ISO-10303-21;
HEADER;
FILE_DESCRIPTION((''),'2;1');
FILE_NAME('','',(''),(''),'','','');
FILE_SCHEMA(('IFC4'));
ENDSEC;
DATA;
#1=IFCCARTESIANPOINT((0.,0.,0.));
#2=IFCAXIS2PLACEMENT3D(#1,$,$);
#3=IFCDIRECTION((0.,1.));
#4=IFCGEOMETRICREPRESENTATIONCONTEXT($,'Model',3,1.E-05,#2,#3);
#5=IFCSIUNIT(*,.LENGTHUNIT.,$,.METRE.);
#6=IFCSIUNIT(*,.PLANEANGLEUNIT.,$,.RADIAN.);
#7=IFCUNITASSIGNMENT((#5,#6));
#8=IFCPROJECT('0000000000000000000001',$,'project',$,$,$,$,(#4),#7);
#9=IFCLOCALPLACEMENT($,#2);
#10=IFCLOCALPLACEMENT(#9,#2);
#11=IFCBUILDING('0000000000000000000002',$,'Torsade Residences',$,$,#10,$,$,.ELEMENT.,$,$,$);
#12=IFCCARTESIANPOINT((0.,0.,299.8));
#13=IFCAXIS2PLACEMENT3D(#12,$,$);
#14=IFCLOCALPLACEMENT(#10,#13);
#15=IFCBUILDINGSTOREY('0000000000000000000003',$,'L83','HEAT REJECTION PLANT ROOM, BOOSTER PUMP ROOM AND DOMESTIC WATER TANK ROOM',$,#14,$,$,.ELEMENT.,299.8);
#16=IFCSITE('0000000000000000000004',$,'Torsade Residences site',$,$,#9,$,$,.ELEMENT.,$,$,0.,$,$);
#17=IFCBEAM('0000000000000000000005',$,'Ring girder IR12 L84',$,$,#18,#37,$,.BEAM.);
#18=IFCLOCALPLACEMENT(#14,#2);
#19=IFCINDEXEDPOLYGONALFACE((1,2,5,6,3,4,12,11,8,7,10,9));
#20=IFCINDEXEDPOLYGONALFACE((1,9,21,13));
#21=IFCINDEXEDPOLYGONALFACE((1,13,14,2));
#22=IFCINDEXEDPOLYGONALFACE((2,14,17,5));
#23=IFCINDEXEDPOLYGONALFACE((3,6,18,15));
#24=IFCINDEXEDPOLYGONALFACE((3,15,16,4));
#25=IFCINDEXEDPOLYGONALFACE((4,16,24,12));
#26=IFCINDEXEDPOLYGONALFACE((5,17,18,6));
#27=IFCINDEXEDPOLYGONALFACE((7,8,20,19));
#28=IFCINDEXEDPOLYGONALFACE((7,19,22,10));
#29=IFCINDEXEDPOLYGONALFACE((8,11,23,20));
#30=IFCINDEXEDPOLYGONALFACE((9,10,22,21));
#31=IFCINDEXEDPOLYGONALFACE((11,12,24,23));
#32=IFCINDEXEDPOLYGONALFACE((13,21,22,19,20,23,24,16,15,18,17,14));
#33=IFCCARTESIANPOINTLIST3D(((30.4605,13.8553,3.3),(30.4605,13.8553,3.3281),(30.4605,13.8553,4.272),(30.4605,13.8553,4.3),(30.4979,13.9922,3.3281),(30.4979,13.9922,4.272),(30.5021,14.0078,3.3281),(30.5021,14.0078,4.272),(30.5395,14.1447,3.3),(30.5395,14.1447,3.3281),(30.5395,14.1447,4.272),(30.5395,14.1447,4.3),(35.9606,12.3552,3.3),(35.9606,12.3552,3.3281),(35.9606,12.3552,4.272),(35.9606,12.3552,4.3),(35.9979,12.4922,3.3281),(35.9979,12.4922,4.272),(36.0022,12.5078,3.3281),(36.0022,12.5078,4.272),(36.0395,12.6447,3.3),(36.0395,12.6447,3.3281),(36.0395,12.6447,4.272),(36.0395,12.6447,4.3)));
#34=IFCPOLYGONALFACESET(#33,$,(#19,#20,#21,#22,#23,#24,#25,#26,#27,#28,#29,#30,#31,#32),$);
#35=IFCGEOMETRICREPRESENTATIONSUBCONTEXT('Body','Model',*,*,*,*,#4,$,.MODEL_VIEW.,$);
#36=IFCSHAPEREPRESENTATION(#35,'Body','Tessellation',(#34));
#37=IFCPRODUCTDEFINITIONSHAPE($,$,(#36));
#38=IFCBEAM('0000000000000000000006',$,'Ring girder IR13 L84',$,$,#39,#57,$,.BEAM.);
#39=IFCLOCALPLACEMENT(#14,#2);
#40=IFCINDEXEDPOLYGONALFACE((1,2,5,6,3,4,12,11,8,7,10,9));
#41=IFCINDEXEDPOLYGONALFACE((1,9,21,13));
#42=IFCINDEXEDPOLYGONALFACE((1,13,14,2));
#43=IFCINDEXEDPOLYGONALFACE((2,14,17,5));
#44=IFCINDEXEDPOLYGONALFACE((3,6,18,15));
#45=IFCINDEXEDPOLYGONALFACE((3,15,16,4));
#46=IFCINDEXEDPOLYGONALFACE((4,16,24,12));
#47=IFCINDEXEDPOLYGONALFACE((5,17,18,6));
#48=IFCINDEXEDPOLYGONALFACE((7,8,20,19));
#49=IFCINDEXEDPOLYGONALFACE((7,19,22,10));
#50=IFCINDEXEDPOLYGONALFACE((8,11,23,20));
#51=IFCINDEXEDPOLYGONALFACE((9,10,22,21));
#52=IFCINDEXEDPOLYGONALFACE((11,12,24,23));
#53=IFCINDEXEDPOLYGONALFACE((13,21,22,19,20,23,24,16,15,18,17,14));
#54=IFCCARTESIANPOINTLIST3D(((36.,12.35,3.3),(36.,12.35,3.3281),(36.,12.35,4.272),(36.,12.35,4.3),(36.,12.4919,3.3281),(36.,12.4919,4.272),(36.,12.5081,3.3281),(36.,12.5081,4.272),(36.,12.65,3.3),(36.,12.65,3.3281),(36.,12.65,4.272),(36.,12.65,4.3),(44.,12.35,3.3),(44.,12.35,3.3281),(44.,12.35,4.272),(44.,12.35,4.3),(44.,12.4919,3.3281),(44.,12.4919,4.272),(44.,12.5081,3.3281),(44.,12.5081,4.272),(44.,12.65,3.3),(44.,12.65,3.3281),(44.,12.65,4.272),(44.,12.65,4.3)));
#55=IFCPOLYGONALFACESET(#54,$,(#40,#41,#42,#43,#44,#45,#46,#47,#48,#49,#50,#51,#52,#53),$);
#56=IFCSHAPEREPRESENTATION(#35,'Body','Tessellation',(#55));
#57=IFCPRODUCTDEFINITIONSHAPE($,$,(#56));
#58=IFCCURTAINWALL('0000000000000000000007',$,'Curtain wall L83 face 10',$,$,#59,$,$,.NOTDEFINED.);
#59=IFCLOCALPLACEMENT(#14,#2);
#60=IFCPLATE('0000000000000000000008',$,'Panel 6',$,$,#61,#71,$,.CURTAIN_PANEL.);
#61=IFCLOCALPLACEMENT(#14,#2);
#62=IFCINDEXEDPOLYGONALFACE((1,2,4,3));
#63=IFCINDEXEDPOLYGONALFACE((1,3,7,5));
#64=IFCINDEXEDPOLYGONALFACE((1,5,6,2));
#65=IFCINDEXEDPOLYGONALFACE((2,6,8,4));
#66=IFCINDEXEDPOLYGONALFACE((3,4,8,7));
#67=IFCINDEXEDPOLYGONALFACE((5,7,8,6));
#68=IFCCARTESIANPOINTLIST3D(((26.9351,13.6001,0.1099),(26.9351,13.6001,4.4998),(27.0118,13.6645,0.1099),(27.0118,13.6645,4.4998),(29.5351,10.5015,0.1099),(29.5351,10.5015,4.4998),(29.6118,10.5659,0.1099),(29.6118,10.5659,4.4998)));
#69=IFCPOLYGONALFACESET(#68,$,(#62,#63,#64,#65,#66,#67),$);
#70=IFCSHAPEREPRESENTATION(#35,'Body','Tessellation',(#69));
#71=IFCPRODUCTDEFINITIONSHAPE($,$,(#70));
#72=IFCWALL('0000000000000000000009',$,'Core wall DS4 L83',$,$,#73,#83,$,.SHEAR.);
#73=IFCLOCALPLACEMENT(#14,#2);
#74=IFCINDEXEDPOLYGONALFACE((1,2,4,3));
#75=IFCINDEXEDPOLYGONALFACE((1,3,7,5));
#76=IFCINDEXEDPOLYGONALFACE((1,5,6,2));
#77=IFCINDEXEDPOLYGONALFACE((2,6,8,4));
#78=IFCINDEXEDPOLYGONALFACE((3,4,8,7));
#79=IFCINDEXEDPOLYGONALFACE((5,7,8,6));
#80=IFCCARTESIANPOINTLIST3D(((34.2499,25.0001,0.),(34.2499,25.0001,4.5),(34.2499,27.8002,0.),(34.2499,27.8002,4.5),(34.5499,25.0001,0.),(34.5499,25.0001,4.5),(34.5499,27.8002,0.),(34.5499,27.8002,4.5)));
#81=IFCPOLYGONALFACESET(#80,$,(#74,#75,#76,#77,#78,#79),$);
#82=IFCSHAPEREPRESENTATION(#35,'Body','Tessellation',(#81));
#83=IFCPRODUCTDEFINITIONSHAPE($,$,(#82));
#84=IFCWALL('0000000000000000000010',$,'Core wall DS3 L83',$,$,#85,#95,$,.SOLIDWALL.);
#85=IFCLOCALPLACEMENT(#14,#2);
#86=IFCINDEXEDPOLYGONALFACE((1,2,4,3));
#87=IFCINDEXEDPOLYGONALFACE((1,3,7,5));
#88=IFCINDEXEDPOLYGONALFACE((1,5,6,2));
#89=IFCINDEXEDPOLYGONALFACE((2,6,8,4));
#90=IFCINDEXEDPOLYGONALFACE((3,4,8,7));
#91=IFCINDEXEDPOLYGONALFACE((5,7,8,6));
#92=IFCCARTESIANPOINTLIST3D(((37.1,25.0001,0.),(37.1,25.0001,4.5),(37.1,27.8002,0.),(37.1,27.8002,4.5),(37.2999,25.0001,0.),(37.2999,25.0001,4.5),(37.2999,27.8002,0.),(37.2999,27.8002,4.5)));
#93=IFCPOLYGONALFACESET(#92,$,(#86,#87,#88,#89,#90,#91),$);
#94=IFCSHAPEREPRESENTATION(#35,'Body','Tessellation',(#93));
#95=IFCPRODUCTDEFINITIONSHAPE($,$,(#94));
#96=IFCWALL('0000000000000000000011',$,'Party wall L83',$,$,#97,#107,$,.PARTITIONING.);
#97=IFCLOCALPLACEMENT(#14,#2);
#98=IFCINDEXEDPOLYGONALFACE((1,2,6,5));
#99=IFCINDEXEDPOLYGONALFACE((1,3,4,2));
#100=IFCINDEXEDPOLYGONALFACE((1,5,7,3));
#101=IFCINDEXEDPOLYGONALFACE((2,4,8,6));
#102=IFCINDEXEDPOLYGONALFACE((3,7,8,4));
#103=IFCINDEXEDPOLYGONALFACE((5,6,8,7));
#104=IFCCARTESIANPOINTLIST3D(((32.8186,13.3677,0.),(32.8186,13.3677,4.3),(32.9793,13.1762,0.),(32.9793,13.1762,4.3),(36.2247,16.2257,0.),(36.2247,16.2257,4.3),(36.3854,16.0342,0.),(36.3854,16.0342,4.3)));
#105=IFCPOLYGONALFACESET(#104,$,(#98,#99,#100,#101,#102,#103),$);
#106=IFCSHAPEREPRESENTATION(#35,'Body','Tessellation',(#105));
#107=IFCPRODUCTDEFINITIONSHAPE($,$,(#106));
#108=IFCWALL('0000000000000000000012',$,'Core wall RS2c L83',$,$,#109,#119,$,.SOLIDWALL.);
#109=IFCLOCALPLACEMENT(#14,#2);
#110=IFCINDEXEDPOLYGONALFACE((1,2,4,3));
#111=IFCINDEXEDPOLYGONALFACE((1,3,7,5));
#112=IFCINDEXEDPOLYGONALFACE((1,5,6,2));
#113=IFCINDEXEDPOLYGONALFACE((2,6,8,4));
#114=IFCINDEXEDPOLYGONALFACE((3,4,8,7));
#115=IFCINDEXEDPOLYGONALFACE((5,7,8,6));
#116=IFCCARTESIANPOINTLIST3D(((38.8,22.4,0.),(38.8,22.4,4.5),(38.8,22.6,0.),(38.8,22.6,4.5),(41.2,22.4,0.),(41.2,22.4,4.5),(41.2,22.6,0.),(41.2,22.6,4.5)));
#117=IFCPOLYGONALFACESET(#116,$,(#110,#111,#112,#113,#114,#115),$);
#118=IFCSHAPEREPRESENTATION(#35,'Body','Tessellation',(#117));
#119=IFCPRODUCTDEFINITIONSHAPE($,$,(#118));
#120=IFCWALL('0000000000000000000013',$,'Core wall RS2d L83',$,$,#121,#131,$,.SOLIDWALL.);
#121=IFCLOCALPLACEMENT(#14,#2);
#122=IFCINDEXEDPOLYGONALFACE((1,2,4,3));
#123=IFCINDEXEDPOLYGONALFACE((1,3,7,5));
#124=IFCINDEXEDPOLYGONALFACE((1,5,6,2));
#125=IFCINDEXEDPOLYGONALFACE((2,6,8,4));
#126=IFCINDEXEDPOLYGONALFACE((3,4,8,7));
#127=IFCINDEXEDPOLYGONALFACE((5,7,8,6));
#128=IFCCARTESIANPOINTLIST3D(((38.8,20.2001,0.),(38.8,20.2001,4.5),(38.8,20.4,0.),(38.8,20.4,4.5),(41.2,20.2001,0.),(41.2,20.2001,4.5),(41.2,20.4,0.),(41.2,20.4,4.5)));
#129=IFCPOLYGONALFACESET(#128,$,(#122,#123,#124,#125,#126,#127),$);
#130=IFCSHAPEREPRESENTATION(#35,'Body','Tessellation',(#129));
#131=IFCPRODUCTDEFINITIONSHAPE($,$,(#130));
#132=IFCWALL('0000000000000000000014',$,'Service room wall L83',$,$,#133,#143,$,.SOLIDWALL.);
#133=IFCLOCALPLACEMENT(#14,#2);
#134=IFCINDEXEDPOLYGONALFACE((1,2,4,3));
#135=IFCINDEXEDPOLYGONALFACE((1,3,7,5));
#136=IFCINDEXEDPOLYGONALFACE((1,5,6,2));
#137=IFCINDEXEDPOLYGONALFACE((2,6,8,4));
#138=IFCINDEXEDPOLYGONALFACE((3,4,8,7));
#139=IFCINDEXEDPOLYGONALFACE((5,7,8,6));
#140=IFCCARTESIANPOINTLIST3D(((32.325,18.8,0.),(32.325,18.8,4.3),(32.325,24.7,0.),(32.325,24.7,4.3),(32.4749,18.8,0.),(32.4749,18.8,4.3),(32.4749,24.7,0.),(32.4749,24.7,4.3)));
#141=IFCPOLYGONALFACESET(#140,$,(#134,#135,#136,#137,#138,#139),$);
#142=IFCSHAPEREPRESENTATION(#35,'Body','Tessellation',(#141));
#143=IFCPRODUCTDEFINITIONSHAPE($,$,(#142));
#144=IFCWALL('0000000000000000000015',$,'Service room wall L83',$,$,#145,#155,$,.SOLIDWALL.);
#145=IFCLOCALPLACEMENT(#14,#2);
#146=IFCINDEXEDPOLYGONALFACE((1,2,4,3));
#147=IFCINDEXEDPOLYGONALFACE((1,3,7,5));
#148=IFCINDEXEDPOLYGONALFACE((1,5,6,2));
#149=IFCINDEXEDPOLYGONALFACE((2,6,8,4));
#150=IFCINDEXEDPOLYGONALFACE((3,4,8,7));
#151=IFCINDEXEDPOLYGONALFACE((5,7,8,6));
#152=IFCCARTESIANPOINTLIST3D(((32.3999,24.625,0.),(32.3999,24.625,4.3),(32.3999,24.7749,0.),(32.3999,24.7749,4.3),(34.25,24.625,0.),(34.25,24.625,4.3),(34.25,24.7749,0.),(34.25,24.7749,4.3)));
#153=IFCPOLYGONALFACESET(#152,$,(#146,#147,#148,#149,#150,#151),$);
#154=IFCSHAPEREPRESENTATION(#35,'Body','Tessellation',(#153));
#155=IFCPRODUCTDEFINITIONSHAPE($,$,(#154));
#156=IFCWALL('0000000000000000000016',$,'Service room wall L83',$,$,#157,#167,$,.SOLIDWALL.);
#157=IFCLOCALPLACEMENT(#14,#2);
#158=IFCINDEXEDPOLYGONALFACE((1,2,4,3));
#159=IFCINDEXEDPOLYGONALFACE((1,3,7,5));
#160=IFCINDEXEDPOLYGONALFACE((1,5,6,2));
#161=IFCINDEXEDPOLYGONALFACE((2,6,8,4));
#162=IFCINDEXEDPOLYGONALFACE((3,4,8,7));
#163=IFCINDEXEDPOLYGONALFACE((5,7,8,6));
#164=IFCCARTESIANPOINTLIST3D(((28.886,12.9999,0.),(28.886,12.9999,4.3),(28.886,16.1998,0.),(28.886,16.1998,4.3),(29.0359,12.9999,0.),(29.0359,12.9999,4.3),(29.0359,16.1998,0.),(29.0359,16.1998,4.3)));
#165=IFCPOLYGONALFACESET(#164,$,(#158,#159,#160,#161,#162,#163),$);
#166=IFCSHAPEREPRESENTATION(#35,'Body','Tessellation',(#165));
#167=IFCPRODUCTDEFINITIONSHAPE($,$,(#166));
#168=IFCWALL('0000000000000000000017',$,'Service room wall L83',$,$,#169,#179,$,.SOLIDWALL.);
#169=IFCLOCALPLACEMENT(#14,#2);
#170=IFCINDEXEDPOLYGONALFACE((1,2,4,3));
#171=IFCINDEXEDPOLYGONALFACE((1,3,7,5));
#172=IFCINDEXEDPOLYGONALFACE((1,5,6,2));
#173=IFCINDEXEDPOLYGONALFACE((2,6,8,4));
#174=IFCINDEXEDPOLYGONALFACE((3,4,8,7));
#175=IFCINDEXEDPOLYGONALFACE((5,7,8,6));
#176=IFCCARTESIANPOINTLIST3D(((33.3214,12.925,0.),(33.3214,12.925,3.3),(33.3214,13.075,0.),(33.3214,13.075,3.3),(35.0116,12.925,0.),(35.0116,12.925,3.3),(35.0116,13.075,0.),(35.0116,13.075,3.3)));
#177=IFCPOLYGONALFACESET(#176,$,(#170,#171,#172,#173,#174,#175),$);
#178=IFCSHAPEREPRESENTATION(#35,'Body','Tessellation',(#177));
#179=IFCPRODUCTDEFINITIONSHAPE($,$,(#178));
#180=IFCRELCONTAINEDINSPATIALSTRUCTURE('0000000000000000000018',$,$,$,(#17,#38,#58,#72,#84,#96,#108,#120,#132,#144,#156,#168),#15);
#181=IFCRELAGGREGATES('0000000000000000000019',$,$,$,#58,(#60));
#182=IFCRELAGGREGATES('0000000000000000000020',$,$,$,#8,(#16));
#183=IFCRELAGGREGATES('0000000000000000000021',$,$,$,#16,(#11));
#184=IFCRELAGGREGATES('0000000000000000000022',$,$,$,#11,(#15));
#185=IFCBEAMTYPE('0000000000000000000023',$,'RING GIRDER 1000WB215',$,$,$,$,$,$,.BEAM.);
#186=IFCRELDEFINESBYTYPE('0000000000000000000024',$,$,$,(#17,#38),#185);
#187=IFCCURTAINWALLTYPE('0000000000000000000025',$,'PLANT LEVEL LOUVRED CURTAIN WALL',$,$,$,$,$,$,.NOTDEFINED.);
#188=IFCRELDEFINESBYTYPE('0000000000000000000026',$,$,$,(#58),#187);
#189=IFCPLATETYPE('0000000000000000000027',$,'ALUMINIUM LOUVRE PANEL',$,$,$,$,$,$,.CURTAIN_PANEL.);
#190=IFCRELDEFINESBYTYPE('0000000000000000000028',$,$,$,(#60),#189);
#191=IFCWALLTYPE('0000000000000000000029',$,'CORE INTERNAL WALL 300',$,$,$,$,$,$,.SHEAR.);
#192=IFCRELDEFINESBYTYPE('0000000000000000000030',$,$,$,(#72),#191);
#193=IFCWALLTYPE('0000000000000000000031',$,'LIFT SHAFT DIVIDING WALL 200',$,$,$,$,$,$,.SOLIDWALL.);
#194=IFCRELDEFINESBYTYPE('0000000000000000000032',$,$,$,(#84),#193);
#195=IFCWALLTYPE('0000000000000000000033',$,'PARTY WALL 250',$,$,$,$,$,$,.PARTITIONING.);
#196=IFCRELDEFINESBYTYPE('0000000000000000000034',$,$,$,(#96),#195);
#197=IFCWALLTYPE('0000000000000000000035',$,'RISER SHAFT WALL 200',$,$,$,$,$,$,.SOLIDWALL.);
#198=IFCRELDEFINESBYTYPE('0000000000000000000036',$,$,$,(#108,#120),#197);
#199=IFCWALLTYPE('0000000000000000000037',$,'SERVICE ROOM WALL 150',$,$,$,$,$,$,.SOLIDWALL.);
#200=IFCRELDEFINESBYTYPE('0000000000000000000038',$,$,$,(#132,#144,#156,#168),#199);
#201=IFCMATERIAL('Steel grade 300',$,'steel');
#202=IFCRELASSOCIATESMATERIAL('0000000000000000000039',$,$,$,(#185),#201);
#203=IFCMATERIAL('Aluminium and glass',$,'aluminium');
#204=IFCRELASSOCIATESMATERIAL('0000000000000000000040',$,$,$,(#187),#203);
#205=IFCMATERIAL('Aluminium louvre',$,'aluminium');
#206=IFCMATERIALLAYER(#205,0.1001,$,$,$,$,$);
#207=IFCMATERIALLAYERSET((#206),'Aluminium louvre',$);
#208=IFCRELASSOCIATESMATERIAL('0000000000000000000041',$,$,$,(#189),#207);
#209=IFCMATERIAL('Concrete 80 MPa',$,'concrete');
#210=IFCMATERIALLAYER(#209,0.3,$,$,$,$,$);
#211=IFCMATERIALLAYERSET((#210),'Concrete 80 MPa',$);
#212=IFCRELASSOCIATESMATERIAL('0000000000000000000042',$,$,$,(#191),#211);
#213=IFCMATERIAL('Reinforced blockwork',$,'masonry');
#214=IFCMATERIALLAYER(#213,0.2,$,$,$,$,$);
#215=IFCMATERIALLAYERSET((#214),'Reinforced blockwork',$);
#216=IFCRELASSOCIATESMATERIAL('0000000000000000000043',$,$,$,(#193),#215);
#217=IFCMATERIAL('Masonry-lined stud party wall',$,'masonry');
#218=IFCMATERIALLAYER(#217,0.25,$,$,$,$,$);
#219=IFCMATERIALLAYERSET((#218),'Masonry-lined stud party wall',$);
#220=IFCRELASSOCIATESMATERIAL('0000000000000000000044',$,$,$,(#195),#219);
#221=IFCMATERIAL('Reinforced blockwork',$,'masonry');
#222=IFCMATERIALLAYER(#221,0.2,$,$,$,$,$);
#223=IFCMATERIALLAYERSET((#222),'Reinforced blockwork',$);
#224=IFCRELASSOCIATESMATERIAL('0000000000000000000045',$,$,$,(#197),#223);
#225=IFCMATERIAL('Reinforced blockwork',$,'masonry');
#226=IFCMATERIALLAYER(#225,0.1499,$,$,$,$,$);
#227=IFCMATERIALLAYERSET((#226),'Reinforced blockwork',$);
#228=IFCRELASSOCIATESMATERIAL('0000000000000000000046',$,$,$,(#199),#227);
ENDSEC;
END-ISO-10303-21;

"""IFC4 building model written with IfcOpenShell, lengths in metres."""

from ifc_helpers import new_model, si_unit, direction, frame, frame_2d, origin, origin_2d, place, context, subcontext, project, spatial, rectangle, i_section, extrude, material, layer, layer_set, material_profile, profile_set, type_object, element, aggregate, save


model = new_model("IFC4")

# Units and contexts
model_context = context("Model", 3, precision=1e-05, world=origin(), true_north=direction((0.0, 1.0)))
body_context = subcontext(model_context, "Body", "Model", "MODEL_VIEW")
ifc_project = project(units=[si_unit("LENGTHUNIT", "METRE"), si_unit("PLANEANGLEUNIT", "RADIAN")], contexts=[model_context])

# Site, building, storey
site_placement = place(None, origin())
site = spatial("IfcSite", under=ifc_project, at=site_placement, Name="Torsade Residences site", CompositionType="ELEMENT", RefElevation=0.0)
building_placement = place(site_placement, origin())
building = spatial("IfcBuilding", under=site, at=building_placement, Name="Torsade Residences", CompositionType="ELEMENT")
storey_placement = place(building_placement, frame((0.0, 0.0, 299.8)))
storey = spatial("IfcBuildingStorey", under=building, at=storey_placement, Name="L83", Description="HEAT REJECTION PLANT ROOM, BOOSTER PUMP ROOM AND DOMESTIC WATER TANK ROOM", CompositionType="ELEMENT", Elevation=299.8)

# Beams
ifc_material_1 = material(Name="Steel grade 300", Category="steel")
ifc_material_profile_1 = material_profile(ifc_material_1, i_section(OverallWidth=0.3, OverallDepth=1.0, WebThickness=0.0161, FlangeThickness=0.0281, at=origin_2d()), Name="1000WB215")
ifc_profile_set_1 = profile_set([ifc_material_profile_1], Name="Steel grade 300")
beam_type_1 = type_object("IfcBeamType", Name="RING GIRDER 1000WB215", PredefinedType="BEAM", material=ifc_profile_set_1)
beam_1_placement = place(storey_placement, frame((30.5, 14.0, 3.8), z_axis=(0.964764, -0.263117, 0.0), x_axis=(0.263117, 0.964764, 0.0)))
element("IfcBeam", 1, at=beam_1_placement, inside=storey, type_object=beam_type_1, Name="Ring girder IR12 L84", PredefinedType="BEAM", context=body_context, shape_type="SweptSolid", body=[
    extrude(i_section(OverallWidth=0.3, OverallDepth=1.0, WebThickness=0.0161, FlangeThickness=0.0281, at=origin_2d()), origin(), (0.0, 0.0, 1.0), 5.7009),
])
beam_2_placement = place(storey_placement, frame((36.0, 12.5, 3.8), z_axis=(1.0, 0.0, 0.0), x_axis=(0.0, 1.0, 0.0)))
element("IfcBeam", 2, at=beam_2_placement, inside=storey, type_object=beam_type_1, Name="Ring girder IR13 L84", PredefinedType="BEAM", context=body_context, shape_type="SweptSolid", body=[
    extrude(i_section(OverallWidth=0.3, OverallDepth=1.0, WebThickness=0.0161, FlangeThickness=0.0281, at=origin_2d()), origin(), (0.0, 0.0, 1.0), 8.0),
])

# Curtain wall, plate
ifc_material_2 = material(Name="Aluminium and glass", Category="aluminium")
curtain_wall_type = type_object("IfcCurtainWallType", Name="PLANT LEVEL LOUVRED CURTAIN WALL", PredefinedType="NOTDEFINED", material=ifc_material_2)
curtain_wall_placement = place(storey_placement, origin())
curtain_wall = element("IfcCurtainWall", 3, at=curtain_wall_placement, inside=storey, type_object=curtain_wall_type, Name="Curtain wall L83 face 10", PredefinedType="NOTDEFINED")
ifc_material_3 = material(Name="Aluminium louvre", Category="aluminium")
ifc_layer_1 = layer(ifc_material_3, 0.1001)
ifc_layer_set_1 = layer_set([ifc_layer_1], Name="Aluminium louvre")
plate_type = type_object("IfcPlateType", Name="ALUMINIUM LOUVRE PANEL", PredefinedType="CURTAIN_PANEL", material=ifc_layer_set_1)
plate_placement = place(storey_placement, frame((28.2734, 12.083, 0.1099), z_axis=(0.0, 0.0, 1.0), x_axis=(0.642788, -0.766044, 0.0)))
plate = element("IfcPlate", 4, at=plate_placement, type_object=plate_type, Name="Panel 6", PredefinedType="CURTAIN_PANEL", context=body_context, shape_type="SweptSolid", body=[
    extrude(rectangle(XDim=4.0449, YDim=0.1001, at=origin_2d()), origin(), (0.0, 0.0, 1.0), 4.3899),
])
aggregate(curtain_wall, [plate])

# Walls
ifc_material_4 = material(Name="Concrete 80 MPa", Category="concrete")
ifc_layer_2 = layer(ifc_material_4, 0.3)
ifc_layer_set_2 = layer_set([ifc_layer_2], Name="Concrete 80 MPa")
wall_type_1 = type_object("IfcWallType", Name="CORE INTERNAL WALL 300", PredefinedType="SHEAR", material=ifc_layer_set_2)
wall_1_placement = place(storey_placement, frame((34.3999, 27.8, 0.0), z_axis=(0.0, 0.0, 1.0), x_axis=(0.0, -1.0, 0.0)))
element("IfcWall", 5, at=wall_1_placement, inside=storey, type_object=wall_type_1, Name="Core wall DS4 L83", PredefinedType="SHEAR", context=body_context, shape_type="SweptSolid", body=[
    extrude(rectangle(XDim=2.8, YDim=0.3, at=frame_2d((1.3999, 0.0))), origin(), (0.0, 0.0, 1.0), 4.5),
])
ifc_material_5 = material(Name="Reinforced blockwork", Category="masonry")
ifc_layer_3 = layer(ifc_material_5, 0.2)
ifc_layer_set_3 = layer_set([ifc_layer_3], Name="Reinforced blockwork")
wall_type_2 = type_object("IfcWallType", Name="LIFT SHAFT DIVIDING WALL 200", PredefinedType="SOLIDWALL", material=ifc_layer_set_3)
wall_2_placement = place(storey_placement, frame((37.2, 27.8, 0.0), z_axis=(0.0, 0.0, 1.0), x_axis=(0.0, -1.0, 0.0)))
element("IfcWall", 6, at=wall_2_placement, inside=storey, type_object=wall_type_2, Name="Core wall DS3 L83", PredefinedType="SOLIDWALL", context=body_context, shape_type="SweptSolid", body=[
    extrude(rectangle(XDim=2.8, YDim=0.2, at=frame_2d((1.3999, 0.0))), origin(), (0.0, 0.0, 1.0), 4.5),
])
ifc_material_6 = material(Name="Masonry-lined stud party wall", Category="masonry")
ifc_layer_4 = layer(ifc_material_6, 0.25)
ifc_layer_set_4 = layer_set([ifc_layer_4], Name="Masonry-lined stud party wall")
wall_type_3 = type_object("IfcWallType", Name="PARTY WALL 250", PredefinedType="PARTITIONING", material=ifc_layer_set_4)
wall_3_placement = place(storey_placement, frame((32.8989, 13.272, 0.0), z_axis=(0.0, 0.0, 1.0), x_axis=(0.766052, 0.642779, 0.0)))
element("IfcWall", 7, at=wall_3_placement, inside=storey, type_object=wall_type_3, Name="Party wall L83", PredefinedType="PARTITIONING", context=body_context, shape_type="SweptSolid", body=[
    extrude(rectangle(XDim=4.4463, YDim=0.25, at=frame_2d((2.2231, 0.0))), origin(), (0.0, 0.0, 1.0), 4.3),
])
ifc_material_7 = material(Name="Reinforced blockwork", Category="masonry")
ifc_layer_5 = layer(ifc_material_7, 0.2)
ifc_layer_set_5 = layer_set([ifc_layer_5], Name="Reinforced blockwork")
wall_type_4 = type_object("IfcWallType", Name="RISER SHAFT WALL 200", PredefinedType="SOLIDWALL", material=ifc_layer_set_5)
for number, where, z_axis, x_axis, name in (
    (8, (38.8, 22.5, 0.0), (0.0, 0.0, 1.0), (1.0, 0.0, 0.0), "Core wall RS2c L83"),
    (9, (38.8, 20.3, 0.0), (0.0, 0.0, 1.0), (1.0, 0.0, 0.0), "Core wall RS2d L83"),
):
    element("IfcWall", number, at=place(storey_placement, frame(where, z_axis=z_axis, x_axis=x_axis)), inside=storey, type_object=wall_type_4, Name=name, PredefinedType="SOLIDWALL", context=body_context, shape_type="SweptSolid", body=[
        extrude(rectangle(XDim=2.3999, YDim=0.2, at=frame_2d((1.2, 0.0))), origin(), (0.0, 0.0, 1.0), 4.5),
    ])
ifc_material_8 = material(Name="Reinforced blockwork", Category="masonry")
ifc_layer_6 = layer(ifc_material_8, 0.1499)
ifc_layer_set_6 = layer_set([ifc_layer_6], Name="Reinforced blockwork")
wall_type_5 = type_object("IfcWallType", Name="SERVICE ROOM WALL 150", PredefinedType="SOLIDWALL", material=ifc_layer_set_6)
wall_4_placement = place(storey_placement, frame((32.3999, 18.8, 0.0), z_axis=(0.0, 0.0, 1.0), x_axis=(0.0, 1.0, 0.0)))
element("IfcWall", 10, at=wall_4_placement, inside=storey, type_object=wall_type_5, Name="Service room wall L83", PredefinedType="SOLIDWALL", context=body_context, shape_type="SweptSolid", body=[
    extrude(rectangle(XDim=5.8999, YDim=0.1499, at=frame_2d((2.95, 0.0))), origin(), (0.0, 0.0, 1.0), 4.3),
])
wall_5_placement = place(storey_placement, frame((32.3999, 24.7, 0.0), z_axis=(0.0, 0.0, 1.0), x_axis=(1.0, 0.0, 0.0)))
element("IfcWall", 11, at=wall_5_placement, inside=storey, type_object=wall_type_5, Name="Service room wall L83", PredefinedType="SOLIDWALL", context=body_context, shape_type="SweptSolid", body=[
    extrude(rectangle(XDim=1.8501, YDim=0.1499, at=frame_2d((0.925, 0.0))), origin(), (0.0, 0.0, 1.0), 4.3),
])
wall_6_placement = place(storey_placement, frame((28.9609, 16.2, 0.0), z_axis=(0.0, 0.0, 1.0), x_axis=(0.0, -1.0, 0.0)))
element("IfcWall", 12, at=wall_6_placement, inside=storey, type_object=wall_type_5, Name="Service room wall L83", PredefinedType="SOLIDWALL", context=body_context, shape_type="SweptSolid", body=[
    extrude(rectangle(XDim=3.2, YDim=0.1499, at=frame_2d((1.6001, 0.0))), origin(), (0.0, 0.0, 1.0), 4.3),
])
wall_7_placement = place(storey_placement, frame((35.0117, 13.0, 0.0), z_axis=(0.0, 0.0, 1.0), x_axis=(-1.0, 0.0, 0.0)))
element("IfcWall", 13, at=wall_7_placement, inside=storey, type_object=wall_type_5, Name="Service room wall L83", PredefinedType="SOLIDWALL", context=body_context, shape_type="SweptSolid", body=[
    extrude(rectangle(XDim=1.6902, YDim=0.1499, at=frame_2d((0.8452, 0.0))), origin(), (0.0, 0.0, 1.0), 3.3),
])

save(model, "model.ifc")
